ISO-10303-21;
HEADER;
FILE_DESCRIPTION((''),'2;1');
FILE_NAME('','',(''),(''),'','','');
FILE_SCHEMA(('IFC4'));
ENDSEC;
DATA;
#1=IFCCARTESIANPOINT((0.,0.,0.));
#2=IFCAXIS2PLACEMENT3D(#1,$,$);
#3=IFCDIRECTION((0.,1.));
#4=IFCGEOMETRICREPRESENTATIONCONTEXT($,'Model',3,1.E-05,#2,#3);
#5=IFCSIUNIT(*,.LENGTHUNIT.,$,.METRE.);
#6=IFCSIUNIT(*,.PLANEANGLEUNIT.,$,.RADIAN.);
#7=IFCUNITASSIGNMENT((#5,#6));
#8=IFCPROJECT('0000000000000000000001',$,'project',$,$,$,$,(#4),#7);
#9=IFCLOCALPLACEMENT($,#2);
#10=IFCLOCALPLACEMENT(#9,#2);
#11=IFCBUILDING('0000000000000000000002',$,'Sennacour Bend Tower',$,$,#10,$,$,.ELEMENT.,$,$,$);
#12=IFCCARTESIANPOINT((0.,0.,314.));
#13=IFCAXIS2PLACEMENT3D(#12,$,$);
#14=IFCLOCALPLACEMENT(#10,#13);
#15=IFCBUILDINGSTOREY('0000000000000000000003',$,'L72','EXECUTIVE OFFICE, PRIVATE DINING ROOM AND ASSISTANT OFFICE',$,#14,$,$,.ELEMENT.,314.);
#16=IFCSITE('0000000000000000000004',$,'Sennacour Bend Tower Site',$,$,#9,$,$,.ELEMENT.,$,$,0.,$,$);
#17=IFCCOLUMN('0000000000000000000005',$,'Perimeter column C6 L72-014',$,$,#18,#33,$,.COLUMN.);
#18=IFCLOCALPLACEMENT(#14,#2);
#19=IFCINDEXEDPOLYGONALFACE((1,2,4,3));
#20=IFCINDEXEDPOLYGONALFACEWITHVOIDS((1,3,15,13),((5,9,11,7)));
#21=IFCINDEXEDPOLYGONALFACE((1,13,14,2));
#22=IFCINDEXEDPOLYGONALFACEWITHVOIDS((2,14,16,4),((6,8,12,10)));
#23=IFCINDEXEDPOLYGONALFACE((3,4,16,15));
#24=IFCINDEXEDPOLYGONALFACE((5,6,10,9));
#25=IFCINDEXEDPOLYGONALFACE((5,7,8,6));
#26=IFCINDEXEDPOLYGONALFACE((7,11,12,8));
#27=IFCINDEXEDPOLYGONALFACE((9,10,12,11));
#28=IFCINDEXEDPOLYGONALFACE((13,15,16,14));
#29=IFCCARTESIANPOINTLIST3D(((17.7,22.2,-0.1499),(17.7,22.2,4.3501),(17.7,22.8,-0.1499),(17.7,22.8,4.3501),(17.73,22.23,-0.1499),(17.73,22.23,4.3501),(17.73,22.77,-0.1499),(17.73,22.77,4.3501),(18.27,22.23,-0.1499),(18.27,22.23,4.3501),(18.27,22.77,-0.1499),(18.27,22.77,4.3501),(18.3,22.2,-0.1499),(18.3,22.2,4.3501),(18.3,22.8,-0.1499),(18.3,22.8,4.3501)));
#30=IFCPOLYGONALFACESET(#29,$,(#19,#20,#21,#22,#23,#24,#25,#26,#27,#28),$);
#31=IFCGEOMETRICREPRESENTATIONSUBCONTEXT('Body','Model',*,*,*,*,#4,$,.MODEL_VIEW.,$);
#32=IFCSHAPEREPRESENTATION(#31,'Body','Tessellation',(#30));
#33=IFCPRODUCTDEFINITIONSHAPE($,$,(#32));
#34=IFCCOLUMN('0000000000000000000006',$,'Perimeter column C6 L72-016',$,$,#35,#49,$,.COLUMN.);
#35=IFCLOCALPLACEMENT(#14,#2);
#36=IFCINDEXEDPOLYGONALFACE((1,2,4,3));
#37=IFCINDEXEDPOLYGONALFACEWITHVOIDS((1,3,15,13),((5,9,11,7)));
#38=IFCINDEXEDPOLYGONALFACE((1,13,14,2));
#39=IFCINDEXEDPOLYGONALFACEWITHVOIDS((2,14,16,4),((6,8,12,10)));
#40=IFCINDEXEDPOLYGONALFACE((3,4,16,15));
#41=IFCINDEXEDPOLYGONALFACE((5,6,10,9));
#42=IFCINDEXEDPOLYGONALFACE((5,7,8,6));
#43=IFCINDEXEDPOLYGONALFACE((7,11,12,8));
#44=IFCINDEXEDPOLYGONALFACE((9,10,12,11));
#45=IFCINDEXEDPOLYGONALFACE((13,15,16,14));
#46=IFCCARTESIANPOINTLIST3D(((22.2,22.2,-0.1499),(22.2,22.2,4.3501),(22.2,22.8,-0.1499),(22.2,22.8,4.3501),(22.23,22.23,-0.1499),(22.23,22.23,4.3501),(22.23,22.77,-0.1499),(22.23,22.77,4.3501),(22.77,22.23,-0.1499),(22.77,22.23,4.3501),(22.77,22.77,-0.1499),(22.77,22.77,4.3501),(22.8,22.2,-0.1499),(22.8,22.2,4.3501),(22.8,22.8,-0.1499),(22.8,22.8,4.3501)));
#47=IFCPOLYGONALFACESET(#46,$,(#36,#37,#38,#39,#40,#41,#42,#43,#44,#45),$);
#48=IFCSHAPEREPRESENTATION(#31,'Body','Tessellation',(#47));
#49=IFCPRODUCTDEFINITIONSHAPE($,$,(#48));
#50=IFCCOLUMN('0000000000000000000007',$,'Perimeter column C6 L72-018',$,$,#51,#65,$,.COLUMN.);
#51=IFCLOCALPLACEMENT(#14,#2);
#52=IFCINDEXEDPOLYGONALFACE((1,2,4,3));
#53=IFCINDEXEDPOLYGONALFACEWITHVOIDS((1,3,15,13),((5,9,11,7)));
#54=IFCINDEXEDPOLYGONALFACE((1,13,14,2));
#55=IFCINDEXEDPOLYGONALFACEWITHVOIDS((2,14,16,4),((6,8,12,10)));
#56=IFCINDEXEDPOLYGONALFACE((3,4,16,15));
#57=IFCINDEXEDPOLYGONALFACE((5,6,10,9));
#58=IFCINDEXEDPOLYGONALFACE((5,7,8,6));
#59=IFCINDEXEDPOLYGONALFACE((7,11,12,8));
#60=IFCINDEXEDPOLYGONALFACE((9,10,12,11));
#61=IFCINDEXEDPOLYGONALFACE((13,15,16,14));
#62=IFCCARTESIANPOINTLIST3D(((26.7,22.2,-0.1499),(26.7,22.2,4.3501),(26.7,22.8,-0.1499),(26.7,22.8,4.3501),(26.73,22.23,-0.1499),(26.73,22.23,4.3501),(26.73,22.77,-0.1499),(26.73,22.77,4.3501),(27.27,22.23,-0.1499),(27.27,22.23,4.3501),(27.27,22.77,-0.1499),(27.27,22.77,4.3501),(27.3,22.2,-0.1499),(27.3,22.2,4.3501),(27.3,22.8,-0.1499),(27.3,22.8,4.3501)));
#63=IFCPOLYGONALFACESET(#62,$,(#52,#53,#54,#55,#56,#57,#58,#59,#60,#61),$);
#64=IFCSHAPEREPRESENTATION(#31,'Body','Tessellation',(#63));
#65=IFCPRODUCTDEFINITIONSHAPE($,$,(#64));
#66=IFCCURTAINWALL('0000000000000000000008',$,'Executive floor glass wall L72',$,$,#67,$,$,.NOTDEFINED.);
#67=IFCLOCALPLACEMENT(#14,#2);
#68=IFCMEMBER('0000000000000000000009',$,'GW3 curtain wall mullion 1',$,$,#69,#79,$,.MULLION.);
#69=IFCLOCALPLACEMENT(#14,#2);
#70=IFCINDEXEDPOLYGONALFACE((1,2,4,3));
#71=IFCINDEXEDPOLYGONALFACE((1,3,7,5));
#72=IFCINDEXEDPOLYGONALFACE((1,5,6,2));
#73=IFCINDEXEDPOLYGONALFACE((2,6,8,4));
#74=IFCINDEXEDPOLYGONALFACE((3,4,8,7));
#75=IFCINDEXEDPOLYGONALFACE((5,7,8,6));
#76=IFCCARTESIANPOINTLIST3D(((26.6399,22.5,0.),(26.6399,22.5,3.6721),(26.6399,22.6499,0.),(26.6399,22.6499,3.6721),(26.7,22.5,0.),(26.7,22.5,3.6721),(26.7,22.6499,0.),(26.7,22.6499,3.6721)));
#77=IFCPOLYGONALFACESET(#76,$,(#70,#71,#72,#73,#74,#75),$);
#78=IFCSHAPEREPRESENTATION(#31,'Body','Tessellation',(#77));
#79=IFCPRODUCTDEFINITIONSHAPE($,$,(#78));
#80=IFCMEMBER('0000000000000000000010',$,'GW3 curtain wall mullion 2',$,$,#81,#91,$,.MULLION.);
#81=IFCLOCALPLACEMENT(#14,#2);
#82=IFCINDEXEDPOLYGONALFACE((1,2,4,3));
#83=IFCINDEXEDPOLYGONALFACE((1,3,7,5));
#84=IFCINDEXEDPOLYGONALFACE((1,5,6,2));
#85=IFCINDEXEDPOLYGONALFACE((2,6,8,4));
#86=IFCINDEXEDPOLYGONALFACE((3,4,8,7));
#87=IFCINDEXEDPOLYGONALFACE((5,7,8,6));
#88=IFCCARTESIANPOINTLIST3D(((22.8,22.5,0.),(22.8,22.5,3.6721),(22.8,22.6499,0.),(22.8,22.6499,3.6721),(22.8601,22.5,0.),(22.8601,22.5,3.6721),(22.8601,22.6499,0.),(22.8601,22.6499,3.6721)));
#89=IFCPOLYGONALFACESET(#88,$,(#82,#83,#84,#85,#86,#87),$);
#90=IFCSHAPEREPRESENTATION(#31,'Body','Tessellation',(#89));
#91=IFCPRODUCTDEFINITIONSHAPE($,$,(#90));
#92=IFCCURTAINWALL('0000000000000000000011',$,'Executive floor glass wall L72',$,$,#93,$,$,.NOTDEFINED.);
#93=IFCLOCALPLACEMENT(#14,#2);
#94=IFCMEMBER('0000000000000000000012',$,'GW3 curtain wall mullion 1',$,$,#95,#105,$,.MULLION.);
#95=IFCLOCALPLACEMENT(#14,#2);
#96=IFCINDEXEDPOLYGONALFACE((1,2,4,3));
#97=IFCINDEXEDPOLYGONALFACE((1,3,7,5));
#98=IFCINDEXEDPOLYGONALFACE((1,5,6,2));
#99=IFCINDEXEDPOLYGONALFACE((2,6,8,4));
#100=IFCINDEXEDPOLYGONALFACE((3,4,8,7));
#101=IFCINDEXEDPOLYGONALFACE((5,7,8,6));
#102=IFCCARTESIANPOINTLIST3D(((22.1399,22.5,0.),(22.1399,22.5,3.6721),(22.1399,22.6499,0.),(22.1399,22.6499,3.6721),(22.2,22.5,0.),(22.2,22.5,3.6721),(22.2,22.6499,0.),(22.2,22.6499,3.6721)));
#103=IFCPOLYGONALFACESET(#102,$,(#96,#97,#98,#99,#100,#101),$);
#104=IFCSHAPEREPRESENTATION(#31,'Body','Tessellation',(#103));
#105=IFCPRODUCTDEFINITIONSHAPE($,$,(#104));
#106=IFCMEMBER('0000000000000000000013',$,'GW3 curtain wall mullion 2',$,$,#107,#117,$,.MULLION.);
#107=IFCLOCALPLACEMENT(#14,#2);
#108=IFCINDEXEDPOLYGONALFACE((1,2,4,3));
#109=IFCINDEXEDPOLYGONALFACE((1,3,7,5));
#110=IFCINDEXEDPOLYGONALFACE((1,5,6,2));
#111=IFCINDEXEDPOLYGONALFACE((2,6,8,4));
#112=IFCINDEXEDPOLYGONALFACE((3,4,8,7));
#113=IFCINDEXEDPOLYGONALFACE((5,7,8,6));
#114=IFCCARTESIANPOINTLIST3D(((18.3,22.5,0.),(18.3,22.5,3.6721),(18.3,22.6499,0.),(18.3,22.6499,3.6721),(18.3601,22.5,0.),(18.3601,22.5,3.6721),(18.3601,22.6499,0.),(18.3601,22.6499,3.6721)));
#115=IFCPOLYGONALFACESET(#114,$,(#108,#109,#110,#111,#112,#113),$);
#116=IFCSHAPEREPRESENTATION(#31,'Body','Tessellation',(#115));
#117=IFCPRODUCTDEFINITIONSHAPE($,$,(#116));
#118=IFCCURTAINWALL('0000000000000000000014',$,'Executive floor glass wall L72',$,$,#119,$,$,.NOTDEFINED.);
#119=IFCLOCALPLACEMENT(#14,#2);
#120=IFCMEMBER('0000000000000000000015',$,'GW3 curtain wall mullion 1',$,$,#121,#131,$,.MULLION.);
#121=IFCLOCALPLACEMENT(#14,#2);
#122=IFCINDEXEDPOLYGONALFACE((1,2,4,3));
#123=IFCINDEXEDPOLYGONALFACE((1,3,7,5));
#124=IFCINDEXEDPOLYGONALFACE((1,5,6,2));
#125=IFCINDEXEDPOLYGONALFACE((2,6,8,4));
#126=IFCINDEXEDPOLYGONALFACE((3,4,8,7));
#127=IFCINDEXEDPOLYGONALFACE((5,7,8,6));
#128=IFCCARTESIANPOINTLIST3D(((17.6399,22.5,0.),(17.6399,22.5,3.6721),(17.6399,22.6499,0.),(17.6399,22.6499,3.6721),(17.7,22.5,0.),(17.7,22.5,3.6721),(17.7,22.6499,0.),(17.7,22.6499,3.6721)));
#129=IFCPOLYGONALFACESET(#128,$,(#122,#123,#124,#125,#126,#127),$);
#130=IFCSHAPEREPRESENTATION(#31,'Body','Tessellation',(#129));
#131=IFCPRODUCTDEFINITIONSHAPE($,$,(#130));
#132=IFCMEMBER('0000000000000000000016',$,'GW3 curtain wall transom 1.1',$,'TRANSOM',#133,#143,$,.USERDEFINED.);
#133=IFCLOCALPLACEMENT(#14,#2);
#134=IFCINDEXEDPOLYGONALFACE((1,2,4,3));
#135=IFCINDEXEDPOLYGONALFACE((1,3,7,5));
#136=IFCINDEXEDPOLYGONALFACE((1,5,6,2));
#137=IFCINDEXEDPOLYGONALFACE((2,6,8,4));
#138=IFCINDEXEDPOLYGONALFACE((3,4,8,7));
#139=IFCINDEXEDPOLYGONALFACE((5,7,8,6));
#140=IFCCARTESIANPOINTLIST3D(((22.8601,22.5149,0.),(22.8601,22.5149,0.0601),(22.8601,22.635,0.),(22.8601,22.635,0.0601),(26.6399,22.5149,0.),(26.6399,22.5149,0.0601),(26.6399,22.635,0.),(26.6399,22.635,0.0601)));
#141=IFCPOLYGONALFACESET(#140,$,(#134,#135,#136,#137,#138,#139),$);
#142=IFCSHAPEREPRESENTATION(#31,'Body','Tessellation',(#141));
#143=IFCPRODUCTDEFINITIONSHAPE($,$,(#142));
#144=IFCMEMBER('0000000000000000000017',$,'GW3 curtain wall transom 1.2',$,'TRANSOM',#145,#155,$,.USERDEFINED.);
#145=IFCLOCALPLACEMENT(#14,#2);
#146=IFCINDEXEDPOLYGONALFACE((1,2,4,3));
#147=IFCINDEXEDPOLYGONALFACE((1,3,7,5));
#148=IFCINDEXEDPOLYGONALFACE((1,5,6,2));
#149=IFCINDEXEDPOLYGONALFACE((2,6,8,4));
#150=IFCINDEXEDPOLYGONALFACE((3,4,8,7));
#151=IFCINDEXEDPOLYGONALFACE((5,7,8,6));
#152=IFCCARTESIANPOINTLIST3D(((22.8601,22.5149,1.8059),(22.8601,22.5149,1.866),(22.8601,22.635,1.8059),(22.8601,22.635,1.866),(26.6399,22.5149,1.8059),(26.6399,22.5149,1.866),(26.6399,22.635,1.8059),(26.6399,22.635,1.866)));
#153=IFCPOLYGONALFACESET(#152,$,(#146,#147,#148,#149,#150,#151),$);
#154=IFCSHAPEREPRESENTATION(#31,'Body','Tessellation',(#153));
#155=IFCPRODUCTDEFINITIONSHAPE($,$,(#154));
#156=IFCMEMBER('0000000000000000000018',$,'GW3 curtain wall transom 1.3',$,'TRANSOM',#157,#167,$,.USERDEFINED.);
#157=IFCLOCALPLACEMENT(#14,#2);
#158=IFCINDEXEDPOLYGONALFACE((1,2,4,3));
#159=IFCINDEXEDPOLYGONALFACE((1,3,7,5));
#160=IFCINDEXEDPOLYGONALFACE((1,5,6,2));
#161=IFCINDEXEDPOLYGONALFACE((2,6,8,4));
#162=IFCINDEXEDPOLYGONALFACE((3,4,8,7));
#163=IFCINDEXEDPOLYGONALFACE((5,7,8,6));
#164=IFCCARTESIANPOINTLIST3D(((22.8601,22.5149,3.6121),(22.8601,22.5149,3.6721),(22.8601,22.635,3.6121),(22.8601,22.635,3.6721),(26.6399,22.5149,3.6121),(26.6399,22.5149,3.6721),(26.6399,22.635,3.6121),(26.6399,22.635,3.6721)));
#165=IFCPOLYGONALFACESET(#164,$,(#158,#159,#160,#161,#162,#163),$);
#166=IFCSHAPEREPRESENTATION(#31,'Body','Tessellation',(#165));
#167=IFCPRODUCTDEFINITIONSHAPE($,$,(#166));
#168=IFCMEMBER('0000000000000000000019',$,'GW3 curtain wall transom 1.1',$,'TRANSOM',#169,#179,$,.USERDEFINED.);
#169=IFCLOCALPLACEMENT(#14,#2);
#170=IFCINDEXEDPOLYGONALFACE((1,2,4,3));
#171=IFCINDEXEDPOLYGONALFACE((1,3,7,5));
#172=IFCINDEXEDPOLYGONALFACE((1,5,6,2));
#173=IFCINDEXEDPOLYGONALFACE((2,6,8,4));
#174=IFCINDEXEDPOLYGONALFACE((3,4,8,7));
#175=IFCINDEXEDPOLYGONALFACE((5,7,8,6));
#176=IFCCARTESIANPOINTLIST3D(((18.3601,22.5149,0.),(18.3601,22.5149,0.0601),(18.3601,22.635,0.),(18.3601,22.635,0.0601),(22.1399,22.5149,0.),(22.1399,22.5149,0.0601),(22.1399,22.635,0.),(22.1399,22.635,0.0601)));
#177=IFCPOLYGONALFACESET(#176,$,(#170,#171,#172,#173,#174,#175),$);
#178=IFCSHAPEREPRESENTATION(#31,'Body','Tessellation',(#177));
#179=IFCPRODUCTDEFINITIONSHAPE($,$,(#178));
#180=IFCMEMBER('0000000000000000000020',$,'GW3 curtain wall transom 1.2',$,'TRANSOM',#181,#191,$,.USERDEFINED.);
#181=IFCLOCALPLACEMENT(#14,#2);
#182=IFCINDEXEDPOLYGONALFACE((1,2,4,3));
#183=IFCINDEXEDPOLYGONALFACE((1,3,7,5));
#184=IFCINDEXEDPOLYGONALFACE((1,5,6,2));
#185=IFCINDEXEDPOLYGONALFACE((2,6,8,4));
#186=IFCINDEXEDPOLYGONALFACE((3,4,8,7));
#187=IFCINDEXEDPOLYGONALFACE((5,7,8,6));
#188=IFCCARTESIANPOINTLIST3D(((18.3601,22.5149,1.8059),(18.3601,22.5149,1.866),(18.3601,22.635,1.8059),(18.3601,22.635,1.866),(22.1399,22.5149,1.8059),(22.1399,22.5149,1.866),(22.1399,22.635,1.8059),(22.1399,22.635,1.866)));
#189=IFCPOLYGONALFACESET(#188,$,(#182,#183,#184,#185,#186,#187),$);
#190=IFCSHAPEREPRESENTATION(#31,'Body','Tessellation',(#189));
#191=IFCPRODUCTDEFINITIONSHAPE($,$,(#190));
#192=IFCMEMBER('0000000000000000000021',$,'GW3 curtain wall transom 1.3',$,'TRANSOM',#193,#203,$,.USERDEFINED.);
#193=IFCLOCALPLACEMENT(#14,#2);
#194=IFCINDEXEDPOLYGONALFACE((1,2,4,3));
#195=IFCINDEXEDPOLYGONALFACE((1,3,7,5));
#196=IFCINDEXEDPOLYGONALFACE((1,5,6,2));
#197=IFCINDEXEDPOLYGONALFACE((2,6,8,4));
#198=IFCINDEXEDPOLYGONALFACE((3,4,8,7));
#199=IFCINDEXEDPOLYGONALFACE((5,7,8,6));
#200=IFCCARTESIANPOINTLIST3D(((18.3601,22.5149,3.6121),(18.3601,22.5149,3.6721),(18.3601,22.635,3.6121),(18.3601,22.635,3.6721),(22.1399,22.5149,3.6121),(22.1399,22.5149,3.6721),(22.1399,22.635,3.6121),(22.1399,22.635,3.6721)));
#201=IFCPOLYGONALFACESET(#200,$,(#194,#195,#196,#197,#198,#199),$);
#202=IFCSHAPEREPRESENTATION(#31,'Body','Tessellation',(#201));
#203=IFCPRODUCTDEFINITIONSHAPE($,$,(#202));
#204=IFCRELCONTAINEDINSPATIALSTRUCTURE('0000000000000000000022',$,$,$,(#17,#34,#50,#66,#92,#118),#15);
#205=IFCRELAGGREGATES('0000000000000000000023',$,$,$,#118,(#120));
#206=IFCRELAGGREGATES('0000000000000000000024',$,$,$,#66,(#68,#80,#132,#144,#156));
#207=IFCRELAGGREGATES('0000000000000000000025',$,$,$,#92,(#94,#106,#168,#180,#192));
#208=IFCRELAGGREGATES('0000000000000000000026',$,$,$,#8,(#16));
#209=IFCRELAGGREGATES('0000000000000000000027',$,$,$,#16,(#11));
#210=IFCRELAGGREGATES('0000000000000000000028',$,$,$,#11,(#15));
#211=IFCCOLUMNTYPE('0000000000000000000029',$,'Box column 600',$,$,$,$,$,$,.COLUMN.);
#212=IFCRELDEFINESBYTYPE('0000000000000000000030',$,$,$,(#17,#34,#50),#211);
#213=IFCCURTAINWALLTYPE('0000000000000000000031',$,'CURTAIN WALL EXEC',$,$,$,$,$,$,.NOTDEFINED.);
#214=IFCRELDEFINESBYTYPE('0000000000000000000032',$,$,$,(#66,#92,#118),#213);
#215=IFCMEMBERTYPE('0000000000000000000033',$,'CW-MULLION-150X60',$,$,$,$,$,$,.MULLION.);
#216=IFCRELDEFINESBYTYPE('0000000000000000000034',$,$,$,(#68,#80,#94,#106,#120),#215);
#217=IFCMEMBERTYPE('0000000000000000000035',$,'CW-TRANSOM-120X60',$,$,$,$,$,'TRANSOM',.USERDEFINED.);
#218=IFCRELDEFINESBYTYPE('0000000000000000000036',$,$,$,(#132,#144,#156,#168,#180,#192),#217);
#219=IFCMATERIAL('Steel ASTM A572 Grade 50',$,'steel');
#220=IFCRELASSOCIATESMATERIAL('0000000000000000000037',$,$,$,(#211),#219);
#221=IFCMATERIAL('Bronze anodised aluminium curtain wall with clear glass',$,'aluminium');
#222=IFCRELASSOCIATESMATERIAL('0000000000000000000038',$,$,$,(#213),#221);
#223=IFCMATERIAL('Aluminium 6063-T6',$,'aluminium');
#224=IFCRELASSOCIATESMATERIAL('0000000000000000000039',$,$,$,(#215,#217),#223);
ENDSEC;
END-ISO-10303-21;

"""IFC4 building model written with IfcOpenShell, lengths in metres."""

from ifc_helpers import new_model, si_unit, direction, frame, origin, origin_2d, place, context, subcontext, project, spatial, rectangle, hollow_rectangle, extrude, material, material_profile, profile_set, type_object, element, aggregate, save


model = new_model("IFC4")

# Units and contexts
model_context = context("Model", 3, precision=1e-05, world=origin(), true_north=direction((0.0, 1.0)))
body_context = subcontext(model_context, "Body", "Model", "MODEL_VIEW")
ifc_project = project(units=[si_unit("LENGTHUNIT", "METRE"), si_unit("PLANEANGLEUNIT", "RADIAN")], contexts=[model_context])

# Site, building, storey
site_placement = place(None, origin())
site = spatial("IfcSite", under=ifc_project, at=site_placement, Name="Sennacour Bend Tower Site", CompositionType="ELEMENT", RefElevation=0.0)
building_placement = place(site_placement, origin())
building = spatial("IfcBuilding", under=site, at=building_placement, Name="Sennacour Bend Tower", CompositionType="ELEMENT")
storey_placement = place(building_placement, frame((0.0, 0.0, 314.0)))
storey = spatial("IfcBuildingStorey", under=building, at=storey_placement, Name="L72", Description="EXECUTIVE OFFICE, PRIVATE DINING ROOM AND ASSISTANT OFFICE", CompositionType="ELEMENT", Elevation=314.0)

# Columns
ifc_material_1 = material(Name="Steel ASTM A572 Grade 50", Category="steel")
ifc_material_profile_1 = material_profile(ifc_material_1, hollow_rectangle(XDim=0.6001, YDim=0.6001, WallThickness=0.03, at=origin_2d()), Name="Steel ASTM A572 Grade 50", Category="steel")
ifc_profile_set_1 = profile_set([ifc_material_profile_1], Name="Steel ASTM A572 Grade 50")
column_type = type_object("IfcColumnType", Name="Box column 600", PredefinedType="COLUMN", material=ifc_profile_set_1)
for number, where, z_axis, x_axis, name in (
    (1, (18.0, 22.5, -0.1499), (0.0, 0.0, 1.0), (1.0, 0.0, 0.0), "Perimeter column C6 L72-014"),
    (2, (22.5, 22.5, -0.1499), (0.0, 0.0, 1.0), (1.0, 0.0, 0.0), "Perimeter column C6 L72-016"),
    (3, (27.0, 22.5, -0.1499), (0.0, 0.0, 1.0), (1.0, 0.0, 0.0), "Perimeter column C6 L72-018"),
):
    element("IfcColumn", number, at=place(storey_placement, frame(where, z_axis=z_axis, x_axis=x_axis)), inside=storey, type_object=column_type, Name=name, PredefinedType="COLUMN", context=body_context, shape_type="SweptSolid", body=[
        extrude(hollow_rectangle(XDim=0.6001, YDim=0.6001, WallThickness=0.03, at=origin_2d()), origin(), (0.0, 0.0, 1.0), 4.5),
    ])

# Curtain walls, members
ifc_material_2 = material(Name="Bronze anodised aluminium curtain wall with clear glass", Category="aluminium")
curtain_wall_type = type_object("IfcCurtainWallType", Name="CURTAIN WALL EXEC", PredefinedType="NOTDEFINED", material=ifc_material_2)
curtain_wall_1_placement = place(storey_placement, origin())
curtain_wall_1 = element("IfcCurtainWall", 4, at=curtain_wall_1_placement, inside=storey, type_object=curtain_wall_type, Name="Executive floor glass wall L72", PredefinedType="NOTDEFINED")
ifc_material_3 = material(Name="Aluminium 6063-T6", Category="aluminium")
ifc_material_profile_2 = material_profile(ifc_material_3, rectangle(XDim=0.1499, YDim=0.0601, at=origin_2d()), Name="Aluminium 6063-T6", Category="aluminium")
ifc_profile_set_2 = profile_set([ifc_material_profile_2], Name="Aluminium 6063-T6")
member_type_1 = type_object("IfcMemberType", Name="CW-MULLION-150X60", PredefinedType="MULLION", material=ifc_profile_set_2)
member_1_placement = place(storey_placement, frame((26.6699, 22.575, 0.0), z_axis=(0.0, 0.0, 1.0), x_axis=(0.0, -1.0, 0.0)))
member_1 = element("IfcMember", 5, at=member_1_placement, type_object=member_type_1, Name="GW3 curtain wall mullion 1", PredefinedType="MULLION", context=body_context, shape_type="SweptSolid", body=[
    extrude(rectangle(XDim=0.1499, YDim=0.0601, at=origin_2d()), origin(), (0.0, 0.0, 1.0), 3.6721),
])
member_2_placement = place(storey_placement, frame((22.8301, 22.575, 0.0), z_axis=(0.0, 0.0, 1.0), x_axis=(0.0, -1.0, 0.0)))
member_2 = element("IfcMember", 6, at=member_2_placement, type_object=member_type_1, Name="GW3 curtain wall mullion 2", PredefinedType="MULLION", context=body_context, shape_type="SweptSolid", body=[
    extrude(rectangle(XDim=0.1499, YDim=0.0601, at=origin_2d()), origin(), (0.0, 0.0, 1.0), 3.6721),
])
curtain_wall_2_placement = place(storey_placement, origin())
curtain_wall_2 = element("IfcCurtainWall", 7, at=curtain_wall_2_placement, inside=storey, type_object=curtain_wall_type, Name="Executive floor glass wall L72", PredefinedType="NOTDEFINED")
member_3_placement = place(storey_placement, frame((22.1699, 22.575, 0.0), z_axis=(0.0, 0.0, 1.0), x_axis=(0.0, -1.0, 0.0)))
member_3 = element("IfcMember", 8, at=member_3_placement, type_object=member_type_1, Name="GW3 curtain wall mullion 1", PredefinedType="MULLION", context=body_context, shape_type="SweptSolid", body=[
    extrude(rectangle(XDim=0.1499, YDim=0.0601, at=origin_2d()), origin(), (0.0, 0.0, 1.0), 3.6721),
])
member_4_placement = place(storey_placement, frame((18.3301, 22.575, 0.0), z_axis=(0.0, 0.0, 1.0), x_axis=(0.0, -1.0, 0.0)))
member_4 = element("IfcMember", 9, at=member_4_placement, type_object=member_type_1, Name="GW3 curtain wall mullion 2", PredefinedType="MULLION", context=body_context, shape_type="SweptSolid", body=[
    extrude(rectangle(XDim=0.1499, YDim=0.0601, at=origin_2d()), origin(), (0.0, 0.0, 1.0), 3.6721),
])

# Curtain wall, member
curtain_wall_3_placement = place(storey_placement, origin())
curtain_wall_3 = element("IfcCurtainWall", 10, at=curtain_wall_3_placement, inside=storey, type_object=curtain_wall_type, Name="Executive floor glass wall L72", PredefinedType="NOTDEFINED")
member_5_placement = place(storey_placement, frame((17.6699, 22.575, 0.0), z_axis=(0.0, 0.0, 1.0), x_axis=(0.0, -1.0, 0.0)))
member_5 = element("IfcMember", 11, at=member_5_placement, type_object=member_type_1, Name="GW3 curtain wall mullion 1", PredefinedType="MULLION", context=body_context, shape_type="SweptSolid", body=[
    extrude(rectangle(XDim=0.1499, YDim=0.0601, at=origin_2d()), origin(), (0.0, 0.0, 1.0), 3.6721),
])

# Members
ifc_material_profile_3 = material_profile(ifc_material_3, rectangle(XDim=0.1201, YDim=0.0601, at=origin_2d()), Name="Aluminium 6063-T6", Category="aluminium")
ifc_profile_set_3 = profile_set([ifc_material_profile_3], Name="Aluminium 6063-T6")
member_type_2 = type_object("IfcMemberType", Name="CW-TRANSOM-120X60", ElementType="TRANSOM", PredefinedType="USERDEFINED", material=ifc_profile_set_3)
member_6_placement = place(storey_placement, frame((26.6399, 22.575, 0.03), z_axis=(-1.0, 0.0, 0.0), x_axis=(0.0, -1.0, 0.0)))
member_6 = element("IfcMember", 12, at=member_6_placement, type_object=member_type_2, Name="GW3 curtain wall transom 1.1", ObjectType="TRANSOM", PredefinedType="USERDEFINED", context=body_context, shape_type="SweptSolid", body=[
    extrude(rectangle(XDim=0.1201, YDim=0.0601, at=origin_2d()), origin(), (0.0, 0.0, 1.0), 3.7798),
])
member_7_placement = place(storey_placement, frame((26.6399, 22.575, 1.8359), z_axis=(-1.0, 0.0, 0.0), x_axis=(0.0, -1.0, 0.0)))
member_7 = element("IfcMember", 13, at=member_7_placement, type_object=member_type_2, Name="GW3 curtain wall transom 1.2", ObjectType="TRANSOM", PredefinedType="USERDEFINED", context=body_context, shape_type="SweptSolid", body=[
    extrude(rectangle(XDim=0.1201, YDim=0.0601, at=origin_2d()), origin(), (0.0, 0.0, 1.0), 3.7798),
])
member_8_placement = place(storey_placement, frame((26.6399, 22.575, 3.6421), z_axis=(-1.0, 0.0, 0.0), x_axis=(0.0, -1.0, 0.0)))
member_8 = element("IfcMember", 14, at=member_8_placement, type_object=member_type_2, Name="GW3 curtain wall transom 1.3", ObjectType="TRANSOM", PredefinedType="USERDEFINED", context=body_context, shape_type="SweptSolid", body=[
    extrude(rectangle(XDim=0.1201, YDim=0.0601, at=origin_2d()), origin(), (0.0, 0.0, 1.0), 3.7798),
])
member_9_placement = place(storey_placement, frame((22.1399, 22.575, 0.03), z_axis=(-1.0, 0.0, 0.0), x_axis=(0.0, -1.0, 0.0)))
member_9 = element("IfcMember", 15, at=member_9_placement, type_object=member_type_2, Name="GW3 curtain wall transom 1.1", ObjectType="TRANSOM", PredefinedType="USERDEFINED", context=body_context, shape_type="SweptSolid", body=[
    extrude(rectangle(XDim=0.1201, YDim=0.0601, at=origin_2d()), origin(), (0.0, 0.0, 1.0), 3.7798),
])
member_10_placement = place(storey_placement, frame((22.1399, 22.575, 1.8359), z_axis=(-1.0, 0.0, 0.0), x_axis=(0.0, -1.0, 0.0)))
member_10 = element("IfcMember", 16, at=member_10_placement, type_object=member_type_2, Name="GW3 curtain wall transom 1.2", ObjectType="TRANSOM", PredefinedType="USERDEFINED", context=body_context, shape_type="SweptSolid", body=[
    extrude(rectangle(XDim=0.1201, YDim=0.0601, at=origin_2d()), origin(), (0.0, 0.0, 1.0), 3.7798),
])
member_11_placement = place(storey_placement, frame((22.1399, 22.575, 3.6421), z_axis=(-1.0, 0.0, 0.0), x_axis=(0.0, -1.0, 0.0)))
member_11 = element("IfcMember", 17, at=member_11_placement, type_object=member_type_2, Name="GW3 curtain wall transom 1.3", ObjectType="TRANSOM", PredefinedType="USERDEFINED", context=body_context, shape_type="SweptSolid", body=[
    extrude(rectangle(XDim=0.1201, YDim=0.0601, at=origin_2d()), origin(), (0.0, 0.0, 1.0), 3.7798),
])
aggregate(curtain_wall_3, [member_5])

aggregate(curtain_wall_1, [member_1, member_2, member_6, member_7, member_8])
aggregate(curtain_wall_2, [member_3, member_4, member_9, member_10, member_11])

save(model, "model.ifc")
